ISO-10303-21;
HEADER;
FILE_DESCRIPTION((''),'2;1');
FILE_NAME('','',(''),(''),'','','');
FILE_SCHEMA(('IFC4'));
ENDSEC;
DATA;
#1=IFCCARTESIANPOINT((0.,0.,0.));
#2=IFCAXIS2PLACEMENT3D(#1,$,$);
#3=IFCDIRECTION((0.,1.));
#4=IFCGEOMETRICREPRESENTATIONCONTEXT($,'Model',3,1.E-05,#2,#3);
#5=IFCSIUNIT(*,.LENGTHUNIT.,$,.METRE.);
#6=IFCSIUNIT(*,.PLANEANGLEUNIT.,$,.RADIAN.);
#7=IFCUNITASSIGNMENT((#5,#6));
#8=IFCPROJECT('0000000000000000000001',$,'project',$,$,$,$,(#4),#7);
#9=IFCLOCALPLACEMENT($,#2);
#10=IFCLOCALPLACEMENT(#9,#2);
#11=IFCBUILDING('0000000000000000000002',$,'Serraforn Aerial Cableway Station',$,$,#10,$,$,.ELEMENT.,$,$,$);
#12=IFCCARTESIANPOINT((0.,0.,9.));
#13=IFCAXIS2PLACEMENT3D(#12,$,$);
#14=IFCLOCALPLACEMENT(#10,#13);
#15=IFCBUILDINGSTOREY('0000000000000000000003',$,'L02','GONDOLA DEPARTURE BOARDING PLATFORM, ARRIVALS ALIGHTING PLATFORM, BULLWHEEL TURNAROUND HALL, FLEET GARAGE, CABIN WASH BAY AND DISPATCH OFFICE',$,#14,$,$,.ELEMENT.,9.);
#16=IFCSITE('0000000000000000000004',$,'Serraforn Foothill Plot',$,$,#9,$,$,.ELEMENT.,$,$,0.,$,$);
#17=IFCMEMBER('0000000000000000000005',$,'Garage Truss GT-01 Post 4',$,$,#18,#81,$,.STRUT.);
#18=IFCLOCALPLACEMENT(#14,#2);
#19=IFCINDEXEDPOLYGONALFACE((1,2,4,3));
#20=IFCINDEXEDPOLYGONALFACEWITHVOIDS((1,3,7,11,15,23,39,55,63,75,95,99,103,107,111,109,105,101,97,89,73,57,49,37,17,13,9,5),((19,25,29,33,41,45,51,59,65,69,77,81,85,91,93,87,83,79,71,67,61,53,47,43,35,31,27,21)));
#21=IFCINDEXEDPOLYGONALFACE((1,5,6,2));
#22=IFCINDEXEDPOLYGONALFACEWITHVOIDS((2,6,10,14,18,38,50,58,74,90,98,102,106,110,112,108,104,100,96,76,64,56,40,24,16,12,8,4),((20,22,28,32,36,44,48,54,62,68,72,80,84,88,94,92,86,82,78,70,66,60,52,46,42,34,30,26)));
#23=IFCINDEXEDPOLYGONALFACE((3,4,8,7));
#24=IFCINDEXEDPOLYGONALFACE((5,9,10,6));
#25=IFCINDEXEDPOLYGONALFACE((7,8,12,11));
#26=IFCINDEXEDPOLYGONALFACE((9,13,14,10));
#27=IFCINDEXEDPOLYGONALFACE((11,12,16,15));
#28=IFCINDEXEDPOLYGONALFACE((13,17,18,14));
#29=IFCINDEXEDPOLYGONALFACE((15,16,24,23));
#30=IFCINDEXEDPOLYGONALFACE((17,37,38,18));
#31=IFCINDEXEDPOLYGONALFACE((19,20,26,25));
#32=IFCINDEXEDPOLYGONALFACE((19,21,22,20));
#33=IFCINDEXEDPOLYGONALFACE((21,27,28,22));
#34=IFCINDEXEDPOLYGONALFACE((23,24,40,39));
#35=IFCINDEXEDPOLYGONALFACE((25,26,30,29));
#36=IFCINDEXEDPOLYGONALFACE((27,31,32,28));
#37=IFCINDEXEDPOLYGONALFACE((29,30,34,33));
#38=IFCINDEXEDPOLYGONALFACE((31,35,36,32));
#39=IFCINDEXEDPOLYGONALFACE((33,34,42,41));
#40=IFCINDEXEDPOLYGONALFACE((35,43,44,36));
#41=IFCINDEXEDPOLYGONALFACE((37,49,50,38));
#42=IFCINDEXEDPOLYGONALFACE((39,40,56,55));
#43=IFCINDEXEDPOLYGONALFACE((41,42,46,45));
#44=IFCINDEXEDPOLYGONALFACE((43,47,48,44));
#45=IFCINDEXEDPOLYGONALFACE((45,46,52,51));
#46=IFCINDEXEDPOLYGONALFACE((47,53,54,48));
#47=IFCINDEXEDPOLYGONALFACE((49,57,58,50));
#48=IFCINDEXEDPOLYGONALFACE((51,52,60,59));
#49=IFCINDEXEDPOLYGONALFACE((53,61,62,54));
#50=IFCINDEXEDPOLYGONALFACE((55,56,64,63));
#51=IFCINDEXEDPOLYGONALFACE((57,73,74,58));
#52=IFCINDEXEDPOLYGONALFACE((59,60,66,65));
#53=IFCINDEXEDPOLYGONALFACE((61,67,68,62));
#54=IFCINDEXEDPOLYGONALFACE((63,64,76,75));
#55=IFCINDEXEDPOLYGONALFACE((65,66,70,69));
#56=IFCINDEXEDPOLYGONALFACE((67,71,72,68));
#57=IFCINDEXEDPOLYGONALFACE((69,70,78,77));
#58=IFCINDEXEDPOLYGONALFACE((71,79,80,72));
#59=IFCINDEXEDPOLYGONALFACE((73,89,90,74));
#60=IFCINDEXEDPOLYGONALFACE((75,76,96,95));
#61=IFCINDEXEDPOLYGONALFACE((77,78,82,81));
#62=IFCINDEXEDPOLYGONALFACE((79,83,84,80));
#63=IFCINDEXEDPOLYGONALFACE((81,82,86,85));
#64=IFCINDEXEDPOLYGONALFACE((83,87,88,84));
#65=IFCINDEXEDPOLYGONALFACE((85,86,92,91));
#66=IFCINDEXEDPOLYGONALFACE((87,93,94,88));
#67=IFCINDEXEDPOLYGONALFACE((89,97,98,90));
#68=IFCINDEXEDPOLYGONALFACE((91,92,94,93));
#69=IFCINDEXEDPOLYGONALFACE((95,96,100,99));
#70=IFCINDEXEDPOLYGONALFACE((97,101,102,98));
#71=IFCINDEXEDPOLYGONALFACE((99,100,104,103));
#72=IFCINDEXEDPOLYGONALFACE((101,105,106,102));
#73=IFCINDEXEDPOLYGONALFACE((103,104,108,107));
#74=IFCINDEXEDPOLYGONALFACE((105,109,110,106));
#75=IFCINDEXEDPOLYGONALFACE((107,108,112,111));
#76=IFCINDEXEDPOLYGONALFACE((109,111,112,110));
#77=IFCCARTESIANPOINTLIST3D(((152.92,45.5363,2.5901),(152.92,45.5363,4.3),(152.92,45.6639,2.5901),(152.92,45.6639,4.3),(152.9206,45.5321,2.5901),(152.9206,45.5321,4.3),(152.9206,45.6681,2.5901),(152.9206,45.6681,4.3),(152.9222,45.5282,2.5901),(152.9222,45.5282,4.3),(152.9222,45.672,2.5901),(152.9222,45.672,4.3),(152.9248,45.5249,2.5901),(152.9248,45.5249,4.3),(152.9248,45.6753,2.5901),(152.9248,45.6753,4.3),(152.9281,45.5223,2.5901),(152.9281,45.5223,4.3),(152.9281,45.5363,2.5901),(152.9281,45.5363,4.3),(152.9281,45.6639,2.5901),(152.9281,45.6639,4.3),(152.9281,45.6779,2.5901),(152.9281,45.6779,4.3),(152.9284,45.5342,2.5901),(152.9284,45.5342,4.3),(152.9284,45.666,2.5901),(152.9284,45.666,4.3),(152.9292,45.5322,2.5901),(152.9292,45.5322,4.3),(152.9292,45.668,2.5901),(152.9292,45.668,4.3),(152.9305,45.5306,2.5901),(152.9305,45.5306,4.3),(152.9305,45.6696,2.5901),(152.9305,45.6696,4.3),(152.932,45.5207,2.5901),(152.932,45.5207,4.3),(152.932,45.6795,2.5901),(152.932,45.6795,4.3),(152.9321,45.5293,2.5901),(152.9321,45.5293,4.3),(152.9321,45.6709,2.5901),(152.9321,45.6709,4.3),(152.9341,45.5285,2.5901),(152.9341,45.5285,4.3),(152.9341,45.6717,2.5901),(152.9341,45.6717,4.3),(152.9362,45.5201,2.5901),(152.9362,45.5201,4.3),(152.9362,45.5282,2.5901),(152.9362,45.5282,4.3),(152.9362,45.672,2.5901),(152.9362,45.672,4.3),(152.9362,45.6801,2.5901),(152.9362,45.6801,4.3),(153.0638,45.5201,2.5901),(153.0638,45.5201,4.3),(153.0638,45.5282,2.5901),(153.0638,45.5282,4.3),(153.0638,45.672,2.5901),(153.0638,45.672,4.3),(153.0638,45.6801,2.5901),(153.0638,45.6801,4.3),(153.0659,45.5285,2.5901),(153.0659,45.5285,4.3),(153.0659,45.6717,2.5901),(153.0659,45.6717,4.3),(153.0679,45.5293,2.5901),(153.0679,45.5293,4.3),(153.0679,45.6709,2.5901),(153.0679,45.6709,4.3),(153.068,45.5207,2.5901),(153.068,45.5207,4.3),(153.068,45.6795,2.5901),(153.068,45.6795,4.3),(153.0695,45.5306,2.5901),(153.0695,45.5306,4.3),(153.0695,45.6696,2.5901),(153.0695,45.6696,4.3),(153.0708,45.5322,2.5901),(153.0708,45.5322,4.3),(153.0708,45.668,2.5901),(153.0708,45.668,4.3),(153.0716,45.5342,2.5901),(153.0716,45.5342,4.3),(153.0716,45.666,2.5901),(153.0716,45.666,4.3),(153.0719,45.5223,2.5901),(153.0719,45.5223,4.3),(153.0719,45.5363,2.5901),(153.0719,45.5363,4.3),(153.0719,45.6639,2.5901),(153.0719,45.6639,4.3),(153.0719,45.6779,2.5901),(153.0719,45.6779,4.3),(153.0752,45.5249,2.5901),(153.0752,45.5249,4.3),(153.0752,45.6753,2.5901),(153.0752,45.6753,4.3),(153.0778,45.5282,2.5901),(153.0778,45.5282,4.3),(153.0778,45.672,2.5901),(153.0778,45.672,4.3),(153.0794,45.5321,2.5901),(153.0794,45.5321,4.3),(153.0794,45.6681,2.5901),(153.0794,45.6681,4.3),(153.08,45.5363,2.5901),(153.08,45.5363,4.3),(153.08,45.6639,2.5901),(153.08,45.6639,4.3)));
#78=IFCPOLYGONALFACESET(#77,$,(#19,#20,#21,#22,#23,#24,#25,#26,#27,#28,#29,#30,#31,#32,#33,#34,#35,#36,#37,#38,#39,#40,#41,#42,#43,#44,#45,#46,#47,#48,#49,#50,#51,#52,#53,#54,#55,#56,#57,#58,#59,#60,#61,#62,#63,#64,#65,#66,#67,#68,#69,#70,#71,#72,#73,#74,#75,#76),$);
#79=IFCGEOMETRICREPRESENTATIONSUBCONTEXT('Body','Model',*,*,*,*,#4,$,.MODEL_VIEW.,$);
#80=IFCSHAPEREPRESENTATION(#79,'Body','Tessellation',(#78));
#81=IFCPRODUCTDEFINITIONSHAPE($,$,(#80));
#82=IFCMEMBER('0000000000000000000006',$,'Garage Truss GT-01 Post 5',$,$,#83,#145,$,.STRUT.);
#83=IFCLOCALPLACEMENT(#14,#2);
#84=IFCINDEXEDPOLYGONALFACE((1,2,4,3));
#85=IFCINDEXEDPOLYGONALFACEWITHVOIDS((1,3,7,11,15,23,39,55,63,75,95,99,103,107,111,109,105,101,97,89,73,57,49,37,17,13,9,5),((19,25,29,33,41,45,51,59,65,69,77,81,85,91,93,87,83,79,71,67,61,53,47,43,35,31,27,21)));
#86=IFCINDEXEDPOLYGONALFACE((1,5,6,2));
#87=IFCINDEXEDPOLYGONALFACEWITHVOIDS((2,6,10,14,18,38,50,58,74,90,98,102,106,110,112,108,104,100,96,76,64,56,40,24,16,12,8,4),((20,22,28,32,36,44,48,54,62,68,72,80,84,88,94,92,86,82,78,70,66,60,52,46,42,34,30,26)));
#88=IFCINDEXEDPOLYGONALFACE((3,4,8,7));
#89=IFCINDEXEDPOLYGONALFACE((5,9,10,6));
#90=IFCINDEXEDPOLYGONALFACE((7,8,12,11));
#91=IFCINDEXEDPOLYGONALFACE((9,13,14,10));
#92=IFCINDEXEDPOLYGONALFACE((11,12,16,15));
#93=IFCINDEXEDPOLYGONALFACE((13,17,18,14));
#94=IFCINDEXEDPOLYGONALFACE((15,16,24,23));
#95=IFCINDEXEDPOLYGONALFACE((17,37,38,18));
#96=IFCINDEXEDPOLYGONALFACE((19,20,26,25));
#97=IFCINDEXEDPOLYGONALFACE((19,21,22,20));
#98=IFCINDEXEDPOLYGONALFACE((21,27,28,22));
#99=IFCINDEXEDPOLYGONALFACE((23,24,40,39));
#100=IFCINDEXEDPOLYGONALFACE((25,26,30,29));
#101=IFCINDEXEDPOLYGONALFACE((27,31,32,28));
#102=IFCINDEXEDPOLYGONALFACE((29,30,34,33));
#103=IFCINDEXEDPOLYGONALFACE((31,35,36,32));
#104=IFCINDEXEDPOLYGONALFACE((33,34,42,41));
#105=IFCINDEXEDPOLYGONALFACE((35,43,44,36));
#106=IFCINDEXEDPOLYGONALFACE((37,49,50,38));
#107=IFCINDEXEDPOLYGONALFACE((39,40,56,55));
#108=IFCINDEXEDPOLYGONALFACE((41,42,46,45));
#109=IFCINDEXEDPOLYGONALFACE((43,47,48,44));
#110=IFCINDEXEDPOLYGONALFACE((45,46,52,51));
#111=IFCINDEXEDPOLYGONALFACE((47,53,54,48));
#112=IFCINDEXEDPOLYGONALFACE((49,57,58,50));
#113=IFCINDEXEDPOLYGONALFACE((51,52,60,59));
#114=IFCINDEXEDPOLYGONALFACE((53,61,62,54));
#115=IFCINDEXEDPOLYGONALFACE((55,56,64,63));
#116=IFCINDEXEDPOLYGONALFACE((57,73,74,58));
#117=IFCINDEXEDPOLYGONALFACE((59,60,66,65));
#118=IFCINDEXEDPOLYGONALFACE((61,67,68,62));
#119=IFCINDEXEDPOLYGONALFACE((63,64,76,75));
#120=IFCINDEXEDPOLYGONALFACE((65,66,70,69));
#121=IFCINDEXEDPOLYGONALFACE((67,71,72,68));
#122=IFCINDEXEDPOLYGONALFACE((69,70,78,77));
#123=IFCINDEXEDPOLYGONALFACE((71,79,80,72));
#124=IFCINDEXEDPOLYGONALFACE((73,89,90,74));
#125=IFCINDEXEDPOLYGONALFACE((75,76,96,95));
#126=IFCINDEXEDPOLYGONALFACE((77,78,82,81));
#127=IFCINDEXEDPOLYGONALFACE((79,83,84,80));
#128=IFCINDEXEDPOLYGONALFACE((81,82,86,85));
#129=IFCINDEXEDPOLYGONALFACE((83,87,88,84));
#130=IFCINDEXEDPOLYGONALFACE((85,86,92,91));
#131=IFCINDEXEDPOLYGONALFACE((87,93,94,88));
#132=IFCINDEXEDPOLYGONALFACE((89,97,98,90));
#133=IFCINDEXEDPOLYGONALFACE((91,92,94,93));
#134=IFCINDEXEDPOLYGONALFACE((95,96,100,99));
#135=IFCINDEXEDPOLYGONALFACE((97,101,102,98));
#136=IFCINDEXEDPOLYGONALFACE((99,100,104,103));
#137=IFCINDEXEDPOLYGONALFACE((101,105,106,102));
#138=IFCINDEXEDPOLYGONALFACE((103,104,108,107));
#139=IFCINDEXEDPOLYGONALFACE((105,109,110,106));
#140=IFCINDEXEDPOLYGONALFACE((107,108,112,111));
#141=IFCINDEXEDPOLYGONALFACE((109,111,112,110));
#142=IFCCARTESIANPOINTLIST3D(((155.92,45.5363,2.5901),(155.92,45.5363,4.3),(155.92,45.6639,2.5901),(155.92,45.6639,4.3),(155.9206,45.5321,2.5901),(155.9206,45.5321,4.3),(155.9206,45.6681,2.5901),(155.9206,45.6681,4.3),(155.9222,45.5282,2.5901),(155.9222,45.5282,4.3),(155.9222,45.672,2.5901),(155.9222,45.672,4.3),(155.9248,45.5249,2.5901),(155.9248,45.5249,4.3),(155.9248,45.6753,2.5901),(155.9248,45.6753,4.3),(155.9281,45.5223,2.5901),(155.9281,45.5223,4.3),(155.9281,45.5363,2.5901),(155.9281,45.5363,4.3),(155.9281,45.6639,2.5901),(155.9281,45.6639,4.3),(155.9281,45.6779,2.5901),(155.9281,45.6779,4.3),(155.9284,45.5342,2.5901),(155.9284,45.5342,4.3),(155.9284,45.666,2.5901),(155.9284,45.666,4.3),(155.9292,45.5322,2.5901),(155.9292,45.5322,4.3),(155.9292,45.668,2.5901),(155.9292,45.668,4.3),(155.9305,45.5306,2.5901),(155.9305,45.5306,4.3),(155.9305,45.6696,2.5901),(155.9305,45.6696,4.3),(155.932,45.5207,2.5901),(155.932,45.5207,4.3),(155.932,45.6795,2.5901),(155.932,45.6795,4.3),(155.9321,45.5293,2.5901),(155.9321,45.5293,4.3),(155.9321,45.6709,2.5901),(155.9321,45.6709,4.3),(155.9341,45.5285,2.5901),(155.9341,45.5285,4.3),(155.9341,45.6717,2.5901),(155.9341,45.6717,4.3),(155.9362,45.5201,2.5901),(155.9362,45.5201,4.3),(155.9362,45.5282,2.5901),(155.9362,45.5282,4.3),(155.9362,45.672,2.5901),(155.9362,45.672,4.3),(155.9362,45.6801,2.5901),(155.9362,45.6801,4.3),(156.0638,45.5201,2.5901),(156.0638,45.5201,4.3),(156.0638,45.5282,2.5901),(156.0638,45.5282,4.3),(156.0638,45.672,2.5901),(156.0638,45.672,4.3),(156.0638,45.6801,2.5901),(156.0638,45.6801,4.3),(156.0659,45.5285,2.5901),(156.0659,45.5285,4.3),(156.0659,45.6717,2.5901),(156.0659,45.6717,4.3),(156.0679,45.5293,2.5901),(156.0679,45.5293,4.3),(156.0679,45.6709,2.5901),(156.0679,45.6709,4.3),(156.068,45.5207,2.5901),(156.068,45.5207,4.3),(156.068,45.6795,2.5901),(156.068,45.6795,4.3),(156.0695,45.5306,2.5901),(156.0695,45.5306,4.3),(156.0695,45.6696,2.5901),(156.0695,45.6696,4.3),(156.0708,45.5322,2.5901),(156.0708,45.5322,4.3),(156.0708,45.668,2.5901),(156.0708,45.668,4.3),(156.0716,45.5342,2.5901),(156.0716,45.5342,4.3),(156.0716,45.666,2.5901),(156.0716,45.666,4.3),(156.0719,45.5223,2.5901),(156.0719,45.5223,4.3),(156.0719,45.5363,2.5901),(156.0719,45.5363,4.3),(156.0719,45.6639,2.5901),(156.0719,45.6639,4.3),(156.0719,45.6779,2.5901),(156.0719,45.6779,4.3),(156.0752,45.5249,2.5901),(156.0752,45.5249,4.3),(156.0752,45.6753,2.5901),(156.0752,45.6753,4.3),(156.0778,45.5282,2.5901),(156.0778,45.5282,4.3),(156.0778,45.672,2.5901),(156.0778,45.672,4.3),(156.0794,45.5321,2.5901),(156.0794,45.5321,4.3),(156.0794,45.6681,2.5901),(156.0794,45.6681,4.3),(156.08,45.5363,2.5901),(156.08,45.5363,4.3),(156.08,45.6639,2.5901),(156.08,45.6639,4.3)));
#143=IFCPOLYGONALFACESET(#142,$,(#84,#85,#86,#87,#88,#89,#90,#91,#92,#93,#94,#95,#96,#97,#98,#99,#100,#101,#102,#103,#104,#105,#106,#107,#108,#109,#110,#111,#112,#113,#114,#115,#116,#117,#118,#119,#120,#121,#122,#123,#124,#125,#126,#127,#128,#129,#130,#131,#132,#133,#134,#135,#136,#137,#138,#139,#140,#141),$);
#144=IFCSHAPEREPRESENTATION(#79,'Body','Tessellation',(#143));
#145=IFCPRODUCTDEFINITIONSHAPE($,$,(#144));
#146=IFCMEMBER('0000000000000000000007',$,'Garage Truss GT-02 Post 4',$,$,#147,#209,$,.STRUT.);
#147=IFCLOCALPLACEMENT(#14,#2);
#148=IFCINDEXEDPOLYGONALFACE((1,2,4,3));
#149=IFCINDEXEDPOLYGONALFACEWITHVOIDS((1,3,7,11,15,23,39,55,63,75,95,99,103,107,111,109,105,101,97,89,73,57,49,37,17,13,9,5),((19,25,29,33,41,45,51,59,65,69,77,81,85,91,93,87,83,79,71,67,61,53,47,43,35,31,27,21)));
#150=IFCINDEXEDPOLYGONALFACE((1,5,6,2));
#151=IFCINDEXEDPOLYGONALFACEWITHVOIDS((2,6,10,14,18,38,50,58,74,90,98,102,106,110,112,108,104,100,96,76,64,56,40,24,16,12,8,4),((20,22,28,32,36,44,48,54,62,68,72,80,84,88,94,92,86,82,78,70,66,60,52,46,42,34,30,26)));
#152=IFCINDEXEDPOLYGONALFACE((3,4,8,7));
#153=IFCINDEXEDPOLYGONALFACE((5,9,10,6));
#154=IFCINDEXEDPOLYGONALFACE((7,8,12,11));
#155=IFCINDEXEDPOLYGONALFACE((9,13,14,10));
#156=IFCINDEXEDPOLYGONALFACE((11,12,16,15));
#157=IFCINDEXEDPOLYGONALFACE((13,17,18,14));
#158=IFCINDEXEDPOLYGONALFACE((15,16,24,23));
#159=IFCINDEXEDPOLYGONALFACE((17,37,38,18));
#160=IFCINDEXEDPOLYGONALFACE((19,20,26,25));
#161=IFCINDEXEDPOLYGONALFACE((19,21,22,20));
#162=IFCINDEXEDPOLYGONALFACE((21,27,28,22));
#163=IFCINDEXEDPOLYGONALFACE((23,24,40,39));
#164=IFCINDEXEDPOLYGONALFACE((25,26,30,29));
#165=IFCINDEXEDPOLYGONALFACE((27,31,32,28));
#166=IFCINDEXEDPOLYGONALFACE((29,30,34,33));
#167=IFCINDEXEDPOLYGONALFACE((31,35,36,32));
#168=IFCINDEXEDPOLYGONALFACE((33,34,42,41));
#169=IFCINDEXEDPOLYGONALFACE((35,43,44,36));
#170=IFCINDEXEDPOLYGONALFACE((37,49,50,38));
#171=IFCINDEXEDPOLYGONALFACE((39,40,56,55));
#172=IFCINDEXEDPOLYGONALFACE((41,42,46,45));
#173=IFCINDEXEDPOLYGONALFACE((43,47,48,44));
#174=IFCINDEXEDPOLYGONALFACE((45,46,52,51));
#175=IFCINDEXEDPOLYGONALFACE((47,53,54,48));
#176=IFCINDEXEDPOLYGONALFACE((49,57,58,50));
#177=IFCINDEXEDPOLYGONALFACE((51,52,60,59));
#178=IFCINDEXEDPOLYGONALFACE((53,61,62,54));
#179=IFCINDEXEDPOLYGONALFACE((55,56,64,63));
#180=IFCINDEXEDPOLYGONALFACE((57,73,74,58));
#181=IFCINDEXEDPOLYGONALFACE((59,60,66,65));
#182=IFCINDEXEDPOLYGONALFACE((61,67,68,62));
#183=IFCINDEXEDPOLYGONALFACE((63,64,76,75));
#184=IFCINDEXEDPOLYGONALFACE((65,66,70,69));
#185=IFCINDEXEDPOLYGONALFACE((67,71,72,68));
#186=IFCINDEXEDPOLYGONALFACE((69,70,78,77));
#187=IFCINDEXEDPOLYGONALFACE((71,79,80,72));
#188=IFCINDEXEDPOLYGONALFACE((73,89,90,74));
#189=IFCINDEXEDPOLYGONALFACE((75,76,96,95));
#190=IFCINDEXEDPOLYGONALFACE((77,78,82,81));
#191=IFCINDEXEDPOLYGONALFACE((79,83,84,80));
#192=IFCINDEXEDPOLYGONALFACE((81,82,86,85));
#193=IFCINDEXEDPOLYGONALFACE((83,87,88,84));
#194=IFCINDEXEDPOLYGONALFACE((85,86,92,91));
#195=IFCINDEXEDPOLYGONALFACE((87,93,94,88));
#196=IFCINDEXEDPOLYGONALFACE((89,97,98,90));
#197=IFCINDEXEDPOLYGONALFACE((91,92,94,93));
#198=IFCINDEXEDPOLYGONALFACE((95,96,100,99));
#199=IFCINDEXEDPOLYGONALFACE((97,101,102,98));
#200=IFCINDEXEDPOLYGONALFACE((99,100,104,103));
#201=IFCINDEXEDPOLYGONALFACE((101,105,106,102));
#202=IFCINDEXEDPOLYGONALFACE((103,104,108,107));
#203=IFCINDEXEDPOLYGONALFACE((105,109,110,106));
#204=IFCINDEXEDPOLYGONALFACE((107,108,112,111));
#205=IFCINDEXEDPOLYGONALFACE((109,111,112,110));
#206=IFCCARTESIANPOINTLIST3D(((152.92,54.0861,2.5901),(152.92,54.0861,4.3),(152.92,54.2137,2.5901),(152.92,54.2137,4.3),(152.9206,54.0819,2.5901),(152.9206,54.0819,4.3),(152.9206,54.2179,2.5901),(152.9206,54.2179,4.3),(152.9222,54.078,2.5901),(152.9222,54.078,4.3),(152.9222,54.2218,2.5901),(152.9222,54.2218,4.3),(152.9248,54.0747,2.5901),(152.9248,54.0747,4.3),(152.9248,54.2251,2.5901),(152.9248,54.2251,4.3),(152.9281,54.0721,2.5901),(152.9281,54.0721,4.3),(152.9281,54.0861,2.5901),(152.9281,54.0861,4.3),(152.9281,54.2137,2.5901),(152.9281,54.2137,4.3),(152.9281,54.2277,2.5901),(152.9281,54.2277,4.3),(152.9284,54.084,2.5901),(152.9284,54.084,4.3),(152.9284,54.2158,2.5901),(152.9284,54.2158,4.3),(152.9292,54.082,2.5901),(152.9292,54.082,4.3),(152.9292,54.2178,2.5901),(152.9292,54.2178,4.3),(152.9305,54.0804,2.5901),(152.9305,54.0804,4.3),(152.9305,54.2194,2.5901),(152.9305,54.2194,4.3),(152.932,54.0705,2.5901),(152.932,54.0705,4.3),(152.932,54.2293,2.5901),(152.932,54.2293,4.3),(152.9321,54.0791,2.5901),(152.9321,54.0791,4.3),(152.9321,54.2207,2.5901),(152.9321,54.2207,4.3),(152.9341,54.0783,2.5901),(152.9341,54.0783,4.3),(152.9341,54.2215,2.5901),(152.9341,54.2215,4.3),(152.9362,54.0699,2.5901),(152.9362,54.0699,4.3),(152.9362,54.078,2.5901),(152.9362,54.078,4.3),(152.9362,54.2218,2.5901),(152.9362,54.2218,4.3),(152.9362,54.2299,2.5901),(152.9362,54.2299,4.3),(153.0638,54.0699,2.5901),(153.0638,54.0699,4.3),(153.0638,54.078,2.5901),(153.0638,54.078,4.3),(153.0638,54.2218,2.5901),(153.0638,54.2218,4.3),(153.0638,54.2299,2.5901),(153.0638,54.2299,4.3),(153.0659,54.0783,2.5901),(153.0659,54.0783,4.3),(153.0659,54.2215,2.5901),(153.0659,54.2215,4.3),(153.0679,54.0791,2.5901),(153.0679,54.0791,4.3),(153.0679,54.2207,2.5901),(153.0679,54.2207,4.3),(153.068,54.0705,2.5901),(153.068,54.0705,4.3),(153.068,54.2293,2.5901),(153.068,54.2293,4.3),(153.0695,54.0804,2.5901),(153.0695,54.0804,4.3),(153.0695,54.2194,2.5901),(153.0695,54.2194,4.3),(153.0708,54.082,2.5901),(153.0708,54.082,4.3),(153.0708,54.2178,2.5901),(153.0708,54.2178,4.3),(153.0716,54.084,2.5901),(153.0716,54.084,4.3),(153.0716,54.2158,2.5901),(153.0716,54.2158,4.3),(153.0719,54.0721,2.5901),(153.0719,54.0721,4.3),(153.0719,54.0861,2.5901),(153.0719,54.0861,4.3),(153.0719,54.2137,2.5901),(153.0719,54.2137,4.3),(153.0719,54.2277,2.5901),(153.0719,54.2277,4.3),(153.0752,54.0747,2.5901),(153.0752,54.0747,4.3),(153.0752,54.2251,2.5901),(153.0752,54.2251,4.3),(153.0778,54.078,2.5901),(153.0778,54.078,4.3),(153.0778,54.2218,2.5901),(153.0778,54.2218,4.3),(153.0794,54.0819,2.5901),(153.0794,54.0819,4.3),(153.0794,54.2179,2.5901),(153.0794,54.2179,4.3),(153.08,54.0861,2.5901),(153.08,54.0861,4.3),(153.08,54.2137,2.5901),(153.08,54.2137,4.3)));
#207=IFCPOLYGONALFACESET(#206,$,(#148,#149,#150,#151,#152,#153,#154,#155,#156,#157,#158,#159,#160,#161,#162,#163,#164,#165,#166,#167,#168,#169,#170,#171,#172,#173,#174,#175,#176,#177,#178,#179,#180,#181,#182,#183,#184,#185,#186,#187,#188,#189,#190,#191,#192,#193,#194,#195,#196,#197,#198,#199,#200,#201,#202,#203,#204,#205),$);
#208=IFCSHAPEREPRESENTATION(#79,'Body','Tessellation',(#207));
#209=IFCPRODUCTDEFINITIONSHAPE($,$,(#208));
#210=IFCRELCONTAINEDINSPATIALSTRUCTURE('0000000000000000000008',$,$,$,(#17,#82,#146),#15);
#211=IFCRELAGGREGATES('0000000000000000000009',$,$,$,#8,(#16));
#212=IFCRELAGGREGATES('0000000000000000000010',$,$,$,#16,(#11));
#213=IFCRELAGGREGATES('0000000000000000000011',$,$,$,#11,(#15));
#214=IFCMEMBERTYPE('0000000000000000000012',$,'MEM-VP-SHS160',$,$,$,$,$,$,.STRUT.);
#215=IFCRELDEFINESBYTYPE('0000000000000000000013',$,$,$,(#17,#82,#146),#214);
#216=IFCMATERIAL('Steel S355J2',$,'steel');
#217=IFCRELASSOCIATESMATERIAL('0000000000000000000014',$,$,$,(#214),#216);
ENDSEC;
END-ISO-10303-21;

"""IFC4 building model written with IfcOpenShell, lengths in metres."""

from ifc_helpers import new_model, si_unit, direction, frame, origin, origin_2d, place, context, subcontext, project, spatial, hollow_rectangle, extrude, material, material_profile, profile_set, type_object, element, save


model = new_model("IFC4")

# Units and contexts
model_context = context("Model", 3, precision=1e-05, world=origin(), true_north=direction((0.0, 1.0)))
body_context = subcontext(model_context, "Body", "Model", "MODEL_VIEW")
ifc_project = project(units=[si_unit("LENGTHUNIT", "METRE"), si_unit("PLANEANGLEUNIT", "RADIAN")], contexts=[model_context])

# Site, building, storey
site_placement = place(None, origin())
site = spatial("IfcSite", under=ifc_project, at=site_placement, Name="Serraforn Foothill Plot", CompositionType="ELEMENT", RefElevation=0.0)
building_placement = place(site_placement, origin())
building = spatial("IfcBuilding", under=site, at=building_placement, Name="Serraforn Aerial Cableway Station", CompositionType="ELEMENT")
storey_placement = place(building_placement, frame((0.0, 0.0, 9.0)))
storey = spatial("IfcBuildingStorey", under=building, at=storey_placement, Name="L02", Description="GONDOLA DEPARTURE BOARDING PLATFORM, ARRIVALS ALIGHTING PLATFORM, BULLWHEEL TURNAROUND HALL, FLEET GARAGE, CABIN WASH BAY AND DISPATCH OFFICE", CompositionType="ELEMENT", Elevation=9.0)

# Shared definitions
ifc_material_1 = material(Name="Steel S355J2", Category="steel")

# Members
ifc_material_profile_1 = material_profile(ifc_material_1, hollow_rectangle(XDim=0.1599, YDim=0.1599, WallThickness=0.0081, InnerFilletRadius=0.0081, OuterFilletRadius=0.0161, at=origin_2d()), Name="SHS 160x160x8.0")
ifc_profile_set_1 = profile_set([ifc_material_profile_1], Name="Steel S355J2")
member_type_1 = type_object("IfcMemberType", Name="MEM-VP-SHS160", PredefinedType="STRUT", material=ifc_profile_set_1)
for number, where, z_axis, x_axis, name in (
    (1, (153.0, 45.6001, 2.5901), (0.0, 0.0, 1.0), (1.0, 0.0, 0.0), "Garage Truss GT-01 Post 4"),
    (2, (156.0, 45.6001, 2.5901), (0.0, 0.0, 1.0), (1.0, 0.0, 0.0), "Garage Truss GT-01 Post 5"),
    (3, (153.0, 54.1499, 2.5901), (0.0, 0.0, 1.0), (1.0, 0.0, 0.0), "Garage Truss GT-02 Post 4"),
):
    element("IfcMember", number, at=place(storey_placement, frame(where, z_axis=z_axis, x_axis=x_axis)), inside=storey, type_object=member_type_1, Name=name, PredefinedType="STRUT", context=body_context, shape_type="SweptSolid", body=[
        extrude(hollow_rectangle(XDim=0.1599, YDim=0.1599, WallThickness=0.0081, InnerFilletRadius=0.0081, OuterFilletRadius=0.0161, at=origin_2d()), origin(), (0.0, 0.0, 1.0), 1.71),
    ])

save(model, "model.ifc")
